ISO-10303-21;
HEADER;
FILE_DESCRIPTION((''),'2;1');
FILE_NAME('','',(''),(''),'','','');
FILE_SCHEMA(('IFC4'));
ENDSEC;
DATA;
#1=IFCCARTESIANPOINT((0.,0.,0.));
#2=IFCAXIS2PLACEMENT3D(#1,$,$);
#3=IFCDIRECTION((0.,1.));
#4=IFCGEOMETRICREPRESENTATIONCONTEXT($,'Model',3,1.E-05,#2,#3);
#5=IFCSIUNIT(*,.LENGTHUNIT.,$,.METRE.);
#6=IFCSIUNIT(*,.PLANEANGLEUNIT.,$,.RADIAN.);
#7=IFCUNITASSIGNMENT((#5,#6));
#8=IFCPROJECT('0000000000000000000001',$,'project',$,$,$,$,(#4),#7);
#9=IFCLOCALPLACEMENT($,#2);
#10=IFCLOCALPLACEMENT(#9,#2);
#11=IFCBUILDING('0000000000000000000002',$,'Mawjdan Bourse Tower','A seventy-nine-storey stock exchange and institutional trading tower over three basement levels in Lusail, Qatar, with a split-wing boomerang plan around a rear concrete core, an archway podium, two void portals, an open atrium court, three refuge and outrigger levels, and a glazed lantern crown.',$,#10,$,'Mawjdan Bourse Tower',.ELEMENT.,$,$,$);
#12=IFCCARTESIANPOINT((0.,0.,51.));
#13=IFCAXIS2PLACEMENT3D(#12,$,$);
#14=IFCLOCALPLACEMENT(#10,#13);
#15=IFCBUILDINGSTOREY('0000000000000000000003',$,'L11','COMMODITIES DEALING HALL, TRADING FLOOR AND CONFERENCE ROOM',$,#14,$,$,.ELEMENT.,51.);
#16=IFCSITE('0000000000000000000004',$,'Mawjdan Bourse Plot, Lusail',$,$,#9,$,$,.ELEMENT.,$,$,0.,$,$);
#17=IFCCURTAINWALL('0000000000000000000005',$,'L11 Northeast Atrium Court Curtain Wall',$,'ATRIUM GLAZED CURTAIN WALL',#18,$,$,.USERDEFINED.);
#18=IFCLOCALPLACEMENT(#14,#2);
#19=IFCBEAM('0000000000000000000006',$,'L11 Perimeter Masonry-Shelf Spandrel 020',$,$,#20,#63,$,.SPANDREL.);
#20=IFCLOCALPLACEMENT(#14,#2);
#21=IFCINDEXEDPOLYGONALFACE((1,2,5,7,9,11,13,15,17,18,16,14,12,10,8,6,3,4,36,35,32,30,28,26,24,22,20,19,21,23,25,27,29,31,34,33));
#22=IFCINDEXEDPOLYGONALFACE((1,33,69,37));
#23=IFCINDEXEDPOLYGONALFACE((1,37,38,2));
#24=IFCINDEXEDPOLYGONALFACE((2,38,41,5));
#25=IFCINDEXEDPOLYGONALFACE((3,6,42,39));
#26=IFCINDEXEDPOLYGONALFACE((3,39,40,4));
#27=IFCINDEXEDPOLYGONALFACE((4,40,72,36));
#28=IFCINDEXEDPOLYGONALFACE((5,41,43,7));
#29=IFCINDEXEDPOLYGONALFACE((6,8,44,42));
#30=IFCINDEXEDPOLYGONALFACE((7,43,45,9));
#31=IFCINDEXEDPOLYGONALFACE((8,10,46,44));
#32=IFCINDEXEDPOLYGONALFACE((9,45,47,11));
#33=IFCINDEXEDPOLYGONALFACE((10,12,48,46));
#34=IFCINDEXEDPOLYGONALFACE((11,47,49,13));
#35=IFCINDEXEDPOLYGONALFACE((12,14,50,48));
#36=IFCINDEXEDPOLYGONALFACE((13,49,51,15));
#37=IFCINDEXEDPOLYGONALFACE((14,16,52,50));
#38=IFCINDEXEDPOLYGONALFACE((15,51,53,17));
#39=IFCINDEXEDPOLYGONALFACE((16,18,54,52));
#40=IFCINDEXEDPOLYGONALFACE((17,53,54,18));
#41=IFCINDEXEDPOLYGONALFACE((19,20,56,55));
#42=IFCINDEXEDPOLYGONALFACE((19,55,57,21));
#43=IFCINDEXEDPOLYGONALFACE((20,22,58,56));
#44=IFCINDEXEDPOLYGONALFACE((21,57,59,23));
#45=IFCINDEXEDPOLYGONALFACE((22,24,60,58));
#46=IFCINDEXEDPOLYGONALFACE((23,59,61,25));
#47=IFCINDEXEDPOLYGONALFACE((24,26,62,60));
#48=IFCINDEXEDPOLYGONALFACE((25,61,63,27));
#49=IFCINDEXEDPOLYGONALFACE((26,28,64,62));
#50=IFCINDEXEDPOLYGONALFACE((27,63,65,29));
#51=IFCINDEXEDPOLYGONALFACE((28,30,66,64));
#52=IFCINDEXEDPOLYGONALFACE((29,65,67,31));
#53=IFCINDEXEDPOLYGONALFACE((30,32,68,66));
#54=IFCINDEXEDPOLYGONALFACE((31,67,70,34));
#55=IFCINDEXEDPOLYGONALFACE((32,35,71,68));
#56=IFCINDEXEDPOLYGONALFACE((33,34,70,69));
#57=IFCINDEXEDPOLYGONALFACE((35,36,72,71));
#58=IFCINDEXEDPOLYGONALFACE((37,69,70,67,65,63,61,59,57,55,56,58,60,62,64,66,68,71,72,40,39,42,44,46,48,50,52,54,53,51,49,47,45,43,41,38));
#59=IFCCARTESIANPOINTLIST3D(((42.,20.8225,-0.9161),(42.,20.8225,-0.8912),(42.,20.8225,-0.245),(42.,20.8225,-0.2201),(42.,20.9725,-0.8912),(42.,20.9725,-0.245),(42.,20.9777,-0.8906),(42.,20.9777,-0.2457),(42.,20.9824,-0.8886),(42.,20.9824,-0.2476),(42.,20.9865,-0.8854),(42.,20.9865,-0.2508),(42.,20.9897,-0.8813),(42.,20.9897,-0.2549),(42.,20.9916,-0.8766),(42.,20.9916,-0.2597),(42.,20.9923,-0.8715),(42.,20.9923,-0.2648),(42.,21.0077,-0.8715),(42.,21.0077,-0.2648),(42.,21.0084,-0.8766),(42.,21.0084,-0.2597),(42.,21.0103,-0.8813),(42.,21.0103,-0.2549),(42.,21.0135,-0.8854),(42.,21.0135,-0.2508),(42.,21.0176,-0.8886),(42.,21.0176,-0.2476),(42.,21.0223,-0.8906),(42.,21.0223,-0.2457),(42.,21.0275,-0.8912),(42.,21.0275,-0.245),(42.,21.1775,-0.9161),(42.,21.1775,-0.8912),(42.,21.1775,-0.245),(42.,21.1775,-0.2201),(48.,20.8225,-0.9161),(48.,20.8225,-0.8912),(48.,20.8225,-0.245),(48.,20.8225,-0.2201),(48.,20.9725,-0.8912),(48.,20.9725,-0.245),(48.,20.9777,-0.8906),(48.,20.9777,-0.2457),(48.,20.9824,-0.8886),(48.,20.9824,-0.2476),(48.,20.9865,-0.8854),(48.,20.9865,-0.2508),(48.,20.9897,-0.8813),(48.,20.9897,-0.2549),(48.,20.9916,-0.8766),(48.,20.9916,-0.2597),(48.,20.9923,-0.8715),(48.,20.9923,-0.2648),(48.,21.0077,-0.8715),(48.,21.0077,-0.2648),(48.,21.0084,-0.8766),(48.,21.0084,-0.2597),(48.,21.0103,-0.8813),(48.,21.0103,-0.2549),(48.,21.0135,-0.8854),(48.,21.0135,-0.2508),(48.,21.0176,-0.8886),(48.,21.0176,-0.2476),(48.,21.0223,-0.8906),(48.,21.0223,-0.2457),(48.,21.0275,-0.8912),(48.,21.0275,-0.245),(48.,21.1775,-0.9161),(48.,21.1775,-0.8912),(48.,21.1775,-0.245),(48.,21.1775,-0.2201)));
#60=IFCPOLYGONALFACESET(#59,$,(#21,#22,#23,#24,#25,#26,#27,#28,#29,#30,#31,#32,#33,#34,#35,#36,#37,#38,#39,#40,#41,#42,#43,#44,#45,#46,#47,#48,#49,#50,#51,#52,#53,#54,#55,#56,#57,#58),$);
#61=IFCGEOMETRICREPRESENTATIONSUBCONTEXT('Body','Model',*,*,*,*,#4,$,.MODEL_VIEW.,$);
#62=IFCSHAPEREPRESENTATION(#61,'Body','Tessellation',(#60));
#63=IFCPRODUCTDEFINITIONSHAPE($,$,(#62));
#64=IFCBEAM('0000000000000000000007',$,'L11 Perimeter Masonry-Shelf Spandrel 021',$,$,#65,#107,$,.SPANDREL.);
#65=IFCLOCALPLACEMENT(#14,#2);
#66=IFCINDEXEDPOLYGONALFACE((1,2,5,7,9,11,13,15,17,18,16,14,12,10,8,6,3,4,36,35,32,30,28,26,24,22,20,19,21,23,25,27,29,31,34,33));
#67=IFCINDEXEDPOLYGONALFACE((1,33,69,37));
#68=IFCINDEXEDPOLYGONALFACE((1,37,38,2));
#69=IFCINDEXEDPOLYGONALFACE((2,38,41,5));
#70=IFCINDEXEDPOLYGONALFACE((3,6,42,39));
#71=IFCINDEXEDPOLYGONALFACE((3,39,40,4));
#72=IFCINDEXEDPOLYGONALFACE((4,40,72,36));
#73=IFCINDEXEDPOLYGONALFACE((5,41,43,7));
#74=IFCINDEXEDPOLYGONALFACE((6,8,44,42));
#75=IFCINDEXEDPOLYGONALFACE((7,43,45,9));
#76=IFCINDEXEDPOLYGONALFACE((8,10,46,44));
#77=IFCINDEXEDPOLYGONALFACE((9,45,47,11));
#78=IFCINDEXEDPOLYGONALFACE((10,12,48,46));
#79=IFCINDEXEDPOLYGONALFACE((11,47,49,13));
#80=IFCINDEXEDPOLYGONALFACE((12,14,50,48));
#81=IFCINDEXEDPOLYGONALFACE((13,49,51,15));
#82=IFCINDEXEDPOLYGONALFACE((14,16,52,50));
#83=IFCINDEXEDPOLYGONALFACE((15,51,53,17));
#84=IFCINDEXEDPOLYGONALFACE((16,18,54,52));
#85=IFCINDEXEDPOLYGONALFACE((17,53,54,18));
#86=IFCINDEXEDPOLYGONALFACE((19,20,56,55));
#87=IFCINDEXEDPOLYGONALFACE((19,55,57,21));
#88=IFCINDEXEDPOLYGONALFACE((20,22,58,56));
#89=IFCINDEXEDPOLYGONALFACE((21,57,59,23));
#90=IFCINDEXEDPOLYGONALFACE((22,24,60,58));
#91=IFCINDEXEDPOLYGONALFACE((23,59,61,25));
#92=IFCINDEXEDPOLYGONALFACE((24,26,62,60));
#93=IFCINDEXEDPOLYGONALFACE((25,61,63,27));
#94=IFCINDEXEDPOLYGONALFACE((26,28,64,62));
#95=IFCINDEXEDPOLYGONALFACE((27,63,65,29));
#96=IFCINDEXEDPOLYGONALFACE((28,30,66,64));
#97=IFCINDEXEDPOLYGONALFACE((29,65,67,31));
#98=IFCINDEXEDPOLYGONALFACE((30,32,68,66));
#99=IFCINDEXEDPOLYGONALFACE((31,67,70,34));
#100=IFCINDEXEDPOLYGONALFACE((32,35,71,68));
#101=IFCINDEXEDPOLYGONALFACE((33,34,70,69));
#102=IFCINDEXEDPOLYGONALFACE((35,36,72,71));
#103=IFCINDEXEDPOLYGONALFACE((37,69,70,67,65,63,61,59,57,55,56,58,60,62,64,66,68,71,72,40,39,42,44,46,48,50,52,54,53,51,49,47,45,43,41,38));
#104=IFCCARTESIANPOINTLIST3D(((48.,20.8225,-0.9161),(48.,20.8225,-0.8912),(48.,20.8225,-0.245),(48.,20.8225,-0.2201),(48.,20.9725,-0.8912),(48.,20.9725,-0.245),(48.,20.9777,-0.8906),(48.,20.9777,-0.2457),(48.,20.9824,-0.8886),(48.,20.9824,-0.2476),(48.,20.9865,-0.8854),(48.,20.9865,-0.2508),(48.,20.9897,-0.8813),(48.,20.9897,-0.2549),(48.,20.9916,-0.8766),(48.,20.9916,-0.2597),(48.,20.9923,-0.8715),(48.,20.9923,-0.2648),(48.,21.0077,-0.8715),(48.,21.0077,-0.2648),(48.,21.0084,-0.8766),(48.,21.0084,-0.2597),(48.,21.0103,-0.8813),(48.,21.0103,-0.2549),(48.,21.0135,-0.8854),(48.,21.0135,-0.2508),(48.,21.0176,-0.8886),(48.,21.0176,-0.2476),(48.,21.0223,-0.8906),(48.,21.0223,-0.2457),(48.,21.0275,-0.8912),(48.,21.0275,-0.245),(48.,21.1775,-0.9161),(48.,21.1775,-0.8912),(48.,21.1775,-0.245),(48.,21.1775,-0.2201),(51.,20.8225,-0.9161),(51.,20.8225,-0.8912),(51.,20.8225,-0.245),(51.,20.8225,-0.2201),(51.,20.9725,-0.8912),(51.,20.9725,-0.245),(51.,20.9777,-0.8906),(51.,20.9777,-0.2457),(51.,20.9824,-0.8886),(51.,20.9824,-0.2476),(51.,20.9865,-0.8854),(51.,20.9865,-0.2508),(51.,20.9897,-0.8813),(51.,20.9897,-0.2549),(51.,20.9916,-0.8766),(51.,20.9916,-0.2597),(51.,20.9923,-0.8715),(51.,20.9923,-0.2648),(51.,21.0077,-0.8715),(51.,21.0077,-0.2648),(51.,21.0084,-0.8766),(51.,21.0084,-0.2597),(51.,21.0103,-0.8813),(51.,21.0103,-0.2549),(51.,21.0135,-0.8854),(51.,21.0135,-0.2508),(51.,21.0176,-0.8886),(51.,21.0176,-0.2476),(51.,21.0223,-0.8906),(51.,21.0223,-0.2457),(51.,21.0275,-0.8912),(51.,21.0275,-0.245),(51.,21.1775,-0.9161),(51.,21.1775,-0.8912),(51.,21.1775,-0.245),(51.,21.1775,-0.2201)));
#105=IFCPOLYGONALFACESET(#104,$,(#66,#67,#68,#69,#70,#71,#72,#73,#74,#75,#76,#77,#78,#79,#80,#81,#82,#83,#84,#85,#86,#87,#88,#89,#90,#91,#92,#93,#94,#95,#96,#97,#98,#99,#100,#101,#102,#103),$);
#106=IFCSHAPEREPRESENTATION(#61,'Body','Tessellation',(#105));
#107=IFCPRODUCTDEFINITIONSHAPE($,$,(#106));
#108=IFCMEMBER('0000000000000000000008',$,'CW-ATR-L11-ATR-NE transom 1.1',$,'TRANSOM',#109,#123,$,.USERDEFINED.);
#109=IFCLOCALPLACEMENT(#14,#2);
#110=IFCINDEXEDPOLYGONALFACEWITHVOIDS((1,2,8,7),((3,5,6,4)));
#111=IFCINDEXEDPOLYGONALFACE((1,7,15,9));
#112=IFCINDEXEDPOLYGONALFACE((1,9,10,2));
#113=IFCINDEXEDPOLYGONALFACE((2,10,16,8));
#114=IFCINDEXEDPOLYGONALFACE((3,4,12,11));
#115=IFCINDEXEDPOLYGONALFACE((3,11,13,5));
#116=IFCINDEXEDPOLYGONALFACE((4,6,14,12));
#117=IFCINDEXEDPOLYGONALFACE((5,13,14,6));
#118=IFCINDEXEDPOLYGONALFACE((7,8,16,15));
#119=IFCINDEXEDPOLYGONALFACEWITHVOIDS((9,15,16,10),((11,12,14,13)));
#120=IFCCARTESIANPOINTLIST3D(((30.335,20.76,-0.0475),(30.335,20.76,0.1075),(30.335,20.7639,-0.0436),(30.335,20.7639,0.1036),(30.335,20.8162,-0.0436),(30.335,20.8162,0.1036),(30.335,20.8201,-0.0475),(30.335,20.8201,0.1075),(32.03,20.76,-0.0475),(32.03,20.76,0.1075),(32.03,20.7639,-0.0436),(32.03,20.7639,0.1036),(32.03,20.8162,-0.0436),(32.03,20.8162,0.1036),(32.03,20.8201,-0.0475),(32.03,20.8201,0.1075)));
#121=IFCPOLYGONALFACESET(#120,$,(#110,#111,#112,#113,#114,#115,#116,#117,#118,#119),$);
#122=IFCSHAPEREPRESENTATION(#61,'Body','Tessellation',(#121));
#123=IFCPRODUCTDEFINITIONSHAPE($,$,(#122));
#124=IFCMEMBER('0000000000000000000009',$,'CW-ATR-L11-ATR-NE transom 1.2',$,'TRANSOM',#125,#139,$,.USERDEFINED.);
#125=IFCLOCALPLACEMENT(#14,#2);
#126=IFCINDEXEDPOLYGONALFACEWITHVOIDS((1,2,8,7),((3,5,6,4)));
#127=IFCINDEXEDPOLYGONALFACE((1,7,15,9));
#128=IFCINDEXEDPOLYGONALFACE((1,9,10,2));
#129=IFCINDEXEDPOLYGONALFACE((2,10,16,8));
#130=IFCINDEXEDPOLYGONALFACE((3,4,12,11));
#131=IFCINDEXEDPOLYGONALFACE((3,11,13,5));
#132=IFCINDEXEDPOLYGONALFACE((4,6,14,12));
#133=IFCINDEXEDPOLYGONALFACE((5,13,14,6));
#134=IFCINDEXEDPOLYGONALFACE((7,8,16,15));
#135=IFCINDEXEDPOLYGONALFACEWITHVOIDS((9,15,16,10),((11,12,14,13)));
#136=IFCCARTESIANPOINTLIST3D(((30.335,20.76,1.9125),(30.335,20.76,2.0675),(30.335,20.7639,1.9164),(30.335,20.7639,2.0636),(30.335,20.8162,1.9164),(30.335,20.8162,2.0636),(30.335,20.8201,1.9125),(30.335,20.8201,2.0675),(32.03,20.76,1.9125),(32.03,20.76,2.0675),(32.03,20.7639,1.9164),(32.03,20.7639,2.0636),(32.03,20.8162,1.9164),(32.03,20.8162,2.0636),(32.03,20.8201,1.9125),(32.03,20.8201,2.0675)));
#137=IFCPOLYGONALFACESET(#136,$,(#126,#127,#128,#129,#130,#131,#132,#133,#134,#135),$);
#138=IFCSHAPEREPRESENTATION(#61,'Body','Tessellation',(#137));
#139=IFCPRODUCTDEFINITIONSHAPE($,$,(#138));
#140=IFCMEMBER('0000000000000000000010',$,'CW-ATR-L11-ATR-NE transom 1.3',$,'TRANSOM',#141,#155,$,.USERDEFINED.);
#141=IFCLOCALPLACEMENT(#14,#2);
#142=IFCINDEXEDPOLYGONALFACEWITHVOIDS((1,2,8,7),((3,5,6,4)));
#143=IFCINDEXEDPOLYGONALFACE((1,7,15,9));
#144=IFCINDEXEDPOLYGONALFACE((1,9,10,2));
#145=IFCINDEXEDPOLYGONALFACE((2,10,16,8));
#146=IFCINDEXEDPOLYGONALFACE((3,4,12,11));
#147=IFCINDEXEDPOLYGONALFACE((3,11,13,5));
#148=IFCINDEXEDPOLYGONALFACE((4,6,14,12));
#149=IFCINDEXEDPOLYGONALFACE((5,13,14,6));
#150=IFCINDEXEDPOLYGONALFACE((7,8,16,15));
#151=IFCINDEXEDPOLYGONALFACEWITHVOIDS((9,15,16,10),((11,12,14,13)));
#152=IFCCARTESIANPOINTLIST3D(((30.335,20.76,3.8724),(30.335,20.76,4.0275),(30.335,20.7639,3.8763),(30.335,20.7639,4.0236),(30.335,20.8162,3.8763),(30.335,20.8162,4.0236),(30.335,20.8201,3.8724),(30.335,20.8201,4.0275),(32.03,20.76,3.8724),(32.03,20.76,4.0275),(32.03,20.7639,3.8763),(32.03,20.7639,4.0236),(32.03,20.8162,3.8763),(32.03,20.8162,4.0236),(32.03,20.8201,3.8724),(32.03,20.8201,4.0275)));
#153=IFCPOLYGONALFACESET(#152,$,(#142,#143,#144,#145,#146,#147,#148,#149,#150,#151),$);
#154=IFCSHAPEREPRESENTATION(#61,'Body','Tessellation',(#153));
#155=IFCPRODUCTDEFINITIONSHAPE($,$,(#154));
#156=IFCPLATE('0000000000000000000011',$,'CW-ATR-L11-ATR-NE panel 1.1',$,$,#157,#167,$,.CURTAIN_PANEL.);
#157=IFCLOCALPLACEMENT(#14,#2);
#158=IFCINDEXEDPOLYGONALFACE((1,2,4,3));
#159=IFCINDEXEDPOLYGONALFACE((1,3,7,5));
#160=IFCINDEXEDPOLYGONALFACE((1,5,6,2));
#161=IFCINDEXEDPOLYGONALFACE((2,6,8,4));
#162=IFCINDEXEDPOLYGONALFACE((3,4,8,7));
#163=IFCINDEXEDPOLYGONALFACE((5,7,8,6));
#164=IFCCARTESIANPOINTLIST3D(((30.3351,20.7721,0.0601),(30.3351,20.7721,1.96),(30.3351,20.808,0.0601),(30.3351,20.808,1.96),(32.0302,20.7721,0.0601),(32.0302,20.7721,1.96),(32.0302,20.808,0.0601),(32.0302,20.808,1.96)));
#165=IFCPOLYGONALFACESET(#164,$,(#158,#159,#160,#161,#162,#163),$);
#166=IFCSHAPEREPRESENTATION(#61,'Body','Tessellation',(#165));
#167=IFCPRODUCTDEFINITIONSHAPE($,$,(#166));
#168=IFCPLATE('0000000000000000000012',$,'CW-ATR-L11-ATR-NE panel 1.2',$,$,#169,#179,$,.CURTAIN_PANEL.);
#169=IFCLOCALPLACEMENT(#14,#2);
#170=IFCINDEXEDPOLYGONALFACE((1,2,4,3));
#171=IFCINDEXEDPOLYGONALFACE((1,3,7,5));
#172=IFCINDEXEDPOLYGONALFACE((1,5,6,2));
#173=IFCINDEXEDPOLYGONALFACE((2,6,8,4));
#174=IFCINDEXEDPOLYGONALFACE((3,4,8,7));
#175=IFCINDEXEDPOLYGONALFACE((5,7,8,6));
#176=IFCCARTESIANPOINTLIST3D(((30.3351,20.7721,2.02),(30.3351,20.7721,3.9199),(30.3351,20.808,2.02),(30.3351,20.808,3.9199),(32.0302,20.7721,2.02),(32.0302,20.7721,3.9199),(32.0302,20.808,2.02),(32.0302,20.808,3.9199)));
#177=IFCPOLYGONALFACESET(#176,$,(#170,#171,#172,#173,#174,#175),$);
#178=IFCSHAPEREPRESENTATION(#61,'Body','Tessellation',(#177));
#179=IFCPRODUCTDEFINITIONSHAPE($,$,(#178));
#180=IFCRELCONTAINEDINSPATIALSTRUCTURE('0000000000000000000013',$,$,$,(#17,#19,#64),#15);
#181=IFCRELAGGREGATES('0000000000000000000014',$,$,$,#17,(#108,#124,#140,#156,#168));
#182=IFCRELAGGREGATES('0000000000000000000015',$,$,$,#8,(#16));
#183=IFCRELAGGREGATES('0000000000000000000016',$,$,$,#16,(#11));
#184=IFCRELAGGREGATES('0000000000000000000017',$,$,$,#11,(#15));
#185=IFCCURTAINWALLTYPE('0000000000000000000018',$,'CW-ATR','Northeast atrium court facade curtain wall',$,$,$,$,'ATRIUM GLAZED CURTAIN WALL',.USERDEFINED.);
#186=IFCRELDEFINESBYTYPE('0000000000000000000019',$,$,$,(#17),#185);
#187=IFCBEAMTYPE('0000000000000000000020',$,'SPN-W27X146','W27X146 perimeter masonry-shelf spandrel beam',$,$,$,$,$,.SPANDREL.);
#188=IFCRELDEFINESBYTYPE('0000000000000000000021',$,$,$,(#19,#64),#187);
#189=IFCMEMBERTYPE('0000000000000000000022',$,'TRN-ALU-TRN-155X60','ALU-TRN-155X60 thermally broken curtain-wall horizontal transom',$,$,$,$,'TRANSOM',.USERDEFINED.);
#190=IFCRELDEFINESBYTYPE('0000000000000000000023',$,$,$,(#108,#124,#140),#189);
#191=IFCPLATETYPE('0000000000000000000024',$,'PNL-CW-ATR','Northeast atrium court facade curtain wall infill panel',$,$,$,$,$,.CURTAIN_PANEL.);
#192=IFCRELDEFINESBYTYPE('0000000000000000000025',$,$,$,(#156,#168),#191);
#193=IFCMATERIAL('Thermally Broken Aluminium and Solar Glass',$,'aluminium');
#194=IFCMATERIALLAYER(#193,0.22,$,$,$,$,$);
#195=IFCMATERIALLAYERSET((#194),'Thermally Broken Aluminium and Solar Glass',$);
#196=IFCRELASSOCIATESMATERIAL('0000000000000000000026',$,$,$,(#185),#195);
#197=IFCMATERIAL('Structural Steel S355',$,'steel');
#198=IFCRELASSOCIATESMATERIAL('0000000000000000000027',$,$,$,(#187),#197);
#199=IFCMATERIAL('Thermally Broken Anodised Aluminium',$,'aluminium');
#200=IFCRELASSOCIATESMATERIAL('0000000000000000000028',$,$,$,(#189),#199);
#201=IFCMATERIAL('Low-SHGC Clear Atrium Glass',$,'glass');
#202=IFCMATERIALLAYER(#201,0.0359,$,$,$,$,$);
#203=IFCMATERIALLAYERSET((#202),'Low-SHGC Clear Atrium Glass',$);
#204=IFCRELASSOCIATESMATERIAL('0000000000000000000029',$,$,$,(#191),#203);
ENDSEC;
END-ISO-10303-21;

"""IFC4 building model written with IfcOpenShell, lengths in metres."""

from ifc_helpers import new_model, si_unit, direction, frame, origin, origin_2d, place, context, subcontext, project, spatial, rectangle, hollow_rectangle, i_section, extrude, material, layer, layer_set, material_profile, profile_set, type_object, element, aggregate, save


model = new_model("IFC4")

# Units and contexts
model_context = context("Model", 3, precision=1e-05, world=origin(), true_north=direction((0.0, 1.0)))
body_context = subcontext(model_context, "Body", "Model", "MODEL_VIEW")
ifc_project = project(units=[si_unit("LENGTHUNIT", "METRE"), si_unit("PLANEANGLEUNIT", "RADIAN")], contexts=[model_context])

# Site, building, storey
site_placement = place(None, origin())
site = spatial("IfcSite", under=ifc_project, at=site_placement, Name="Mawjdan Bourse Plot, Lusail", CompositionType="ELEMENT", RefElevation=0.0)
building_placement = place(site_placement, origin())
building = spatial("IfcBuilding", under=site, at=building_placement, Name="Mawjdan Bourse Tower", Description="A seventy-nine-storey stock exchange and institutional trading tower over three basement levels in Lusail, Qatar, with a split-wing boomerang plan around a rear concrete core, an archway podium, two void portals, an open atrium court, three refuge and outrigger levels, and a glazed lantern crown.", LongName="Mawjdan Bourse Tower", CompositionType="ELEMENT")
storey_placement = place(building_placement, frame((0.0, 0.0, 51.0)))
storey = spatial("IfcBuildingStorey", under=building, at=storey_placement, Name="L11", Description="COMMODITIES DEALING HALL, TRADING FLOOR AND CONFERENCE ROOM", CompositionType="ELEMENT", Elevation=51.0)

# Shared definitions
ifc_material_1 = material(Name="Structural Steel S355", Category="steel")

# Curtain wall
ifc_material_2 = material(Name="Thermally Broken Aluminium and Solar Glass", Category="aluminium")
ifc_layer_1 = layer(ifc_material_2, 0.22)
ifc_layer_set_1 = layer_set([ifc_layer_1], Name="Thermally Broken Aluminium and Solar Glass")
curtain_wall_type = type_object("IfcCurtainWallType", Name="CW-ATR", Description="Northeast atrium court facade curtain wall", ElementType="ATRIUM GLAZED CURTAIN WALL", PredefinedType="USERDEFINED", material=ifc_layer_set_1)
curtain_wall_placement = place(storey_placement, origin())
curtain_wall = element("IfcCurtainWall", 1, at=curtain_wall_placement, inside=storey, type_object=curtain_wall_type, Name="L11 Northeast Atrium Court Curtain Wall", ObjectType="ATRIUM GLAZED CURTAIN WALL", PredefinedType="USERDEFINED")
ifc_material_3 = material(Name="Thermally Broken Anodised Aluminium", Category="aluminium")

# Beams
ifc_material_profile_1 = material_profile(ifc_material_1, i_section(OverallWidth=0.355, OverallDepth=0.696, WebThickness=0.0154, FlangeThickness=0.0249, FilletRadius=0.0198, at=origin_2d()), Name="W27X146")
ifc_profile_set_1 = profile_set([ifc_material_profile_1], Name="Structural Steel S355")
beam_type_1 = type_object("IfcBeamType", Name="SPN-W27X146", Description="W27X146 perimeter masonry-shelf spandrel beam", PredefinedType="SPANDREL", material=ifc_profile_set_1)
beam_1_placement = place(storey_placement, frame((42.0, 21.0, -0.5681), z_axis=(1.0, 0.0, 0.0), x_axis=(0.0, 1.0, 0.0)))
element("IfcBeam", 2, at=beam_1_placement, inside=storey, type_object=beam_type_1, Name="L11 Perimeter Masonry-Shelf Spandrel 020", PredefinedType="SPANDREL", context=body_context, shape_type="SweptSolid", body=[
    extrude(i_section(OverallWidth=0.355, OverallDepth=0.696, WebThickness=0.0154, FlangeThickness=0.0249, FilletRadius=0.0198, at=origin_2d()), origin(), (0.0, 0.0, 1.0), 6.0),
])
beam_2_placement = place(storey_placement, frame((48.0, 21.0, -0.5681), z_axis=(1.0, 0.0, 0.0), x_axis=(0.0, 1.0, 0.0)))
element("IfcBeam", 3, at=beam_2_placement, inside=storey, type_object=beam_type_1, Name="L11 Perimeter Masonry-Shelf Spandrel 021", PredefinedType="SPANDREL", context=body_context, shape_type="SweptSolid", body=[
    extrude(i_section(OverallWidth=0.355, OverallDepth=0.696, WebThickness=0.0154, FlangeThickness=0.0249, FilletRadius=0.0198, at=origin_2d()), origin(), (0.0, 0.0, 1.0), 3.0),
])

# Members
ifc_material_profile_2 = material_profile(ifc_material_3, hollow_rectangle(XDim=0.0601, YDim=0.155, WallThickness=0.0039, at=origin_2d()), Name="ALU-TRN-155X60")
ifc_profile_set_2 = profile_set([ifc_material_profile_2], Name="Thermally Broken Anodised Aluminium")
member_type_1 = type_object("IfcMemberType", Name="TRN-ALU-TRN-155X60", Description="ALU-TRN-155X60 thermally broken curtain-wall horizontal transom", ElementType="TRANSOM", PredefinedType="USERDEFINED", material=ifc_profile_set_2)
member_1_placement = place(storey_placement, frame((32.03, 20.79, 0.03), z_axis=(-1.0, 0.0, 0.0), x_axis=(0.0, -1.0, 0.0)))
member_1 = element("IfcMember", 4, at=member_1_placement, type_object=member_type_1, Name="CW-ATR-L11-ATR-NE transom 1.1", ObjectType="TRANSOM", PredefinedType="USERDEFINED", context=body_context, shape_type="SweptSolid", body=[
    extrude(hollow_rectangle(XDim=0.0601, YDim=0.155, WallThickness=0.0039, at=origin_2d()), origin(), (0.0, 0.0, 1.0), 1.6951),
])
member_2_placement = place(storey_placement, frame((32.03, 20.79, 1.99), z_axis=(-1.0, 0.0, 0.0), x_axis=(0.0, -1.0, 0.0)))
member_2 = element("IfcMember", 5, at=member_2_placement, type_object=member_type_1, Name="CW-ATR-L11-ATR-NE transom 1.2", ObjectType="TRANSOM", PredefinedType="USERDEFINED", context=body_context, shape_type="SweptSolid", body=[
    extrude(hollow_rectangle(XDim=0.0601, YDim=0.155, WallThickness=0.0039, at=origin_2d()), origin(), (0.0, 0.0, 1.0), 1.6951),
])
member_3_placement = place(storey_placement, frame((32.03, 20.79, 3.95), z_axis=(-1.0, 0.0, 0.0), x_axis=(0.0, -1.0, 0.0)))
member_3 = element("IfcMember", 6, at=member_3_placement, type_object=member_type_1, Name="CW-ATR-L11-ATR-NE transom 1.3", ObjectType="TRANSOM", PredefinedType="USERDEFINED", context=body_context, shape_type="SweptSolid", body=[
    extrude(hollow_rectangle(XDim=0.0601, YDim=0.155, WallThickness=0.0039, at=origin_2d()), origin(), (0.0, 0.0, 1.0), 1.6951),
])

# Plates
ifc_material_4 = material(Name="Low-SHGC Clear Atrium Glass", Category="glass")
ifc_layer_2 = layer(ifc_material_4, 0.0359)
ifc_layer_set_2 = layer_set([ifc_layer_2], Name="Low-SHGC Clear Atrium Glass")
plate_type = type_object("IfcPlateType", Name="PNL-CW-ATR", Description="Northeast atrium court facade curtain wall infill panel", PredefinedType="CURTAIN_PANEL", material=ifc_layer_set_2)
plate_1_placement = place(storey_placement, frame((31.1826, 20.79, 0.0601), z_axis=(0.0, 0.0, 1.0), x_axis=(-1.0, 0.0, 0.0)))
plate_1 = element("IfcPlate", 7, at=plate_1_placement, type_object=plate_type, Name="CW-ATR-L11-ATR-NE panel 1.1", PredefinedType="CURTAIN_PANEL", context=body_context, shape_type="SweptSolid", body=[
    extrude(rectangle(XDim=1.6951, YDim=0.0359, at=origin_2d()), origin(), (0.0, 0.0, 1.0), 1.8999),
])
plate_2_placement = place(storey_placement, frame((31.1826, 20.79, 2.02), z_axis=(0.0, 0.0, 1.0), x_axis=(-1.0, 0.0, 0.0)))
plate_2 = element("IfcPlate", 8, at=plate_2_placement, type_object=plate_type, Name="CW-ATR-L11-ATR-NE panel 1.2", PredefinedType="CURTAIN_PANEL", context=body_context, shape_type="SweptSolid", body=[
    extrude(rectangle(XDim=1.6951, YDim=0.0359, at=origin_2d()), origin(), (0.0, 0.0, 1.0), 1.8999),
])
aggregate(curtain_wall, [member_1, member_2, member_3, plate_1, plate_2])

save(model, "model.ifc")
